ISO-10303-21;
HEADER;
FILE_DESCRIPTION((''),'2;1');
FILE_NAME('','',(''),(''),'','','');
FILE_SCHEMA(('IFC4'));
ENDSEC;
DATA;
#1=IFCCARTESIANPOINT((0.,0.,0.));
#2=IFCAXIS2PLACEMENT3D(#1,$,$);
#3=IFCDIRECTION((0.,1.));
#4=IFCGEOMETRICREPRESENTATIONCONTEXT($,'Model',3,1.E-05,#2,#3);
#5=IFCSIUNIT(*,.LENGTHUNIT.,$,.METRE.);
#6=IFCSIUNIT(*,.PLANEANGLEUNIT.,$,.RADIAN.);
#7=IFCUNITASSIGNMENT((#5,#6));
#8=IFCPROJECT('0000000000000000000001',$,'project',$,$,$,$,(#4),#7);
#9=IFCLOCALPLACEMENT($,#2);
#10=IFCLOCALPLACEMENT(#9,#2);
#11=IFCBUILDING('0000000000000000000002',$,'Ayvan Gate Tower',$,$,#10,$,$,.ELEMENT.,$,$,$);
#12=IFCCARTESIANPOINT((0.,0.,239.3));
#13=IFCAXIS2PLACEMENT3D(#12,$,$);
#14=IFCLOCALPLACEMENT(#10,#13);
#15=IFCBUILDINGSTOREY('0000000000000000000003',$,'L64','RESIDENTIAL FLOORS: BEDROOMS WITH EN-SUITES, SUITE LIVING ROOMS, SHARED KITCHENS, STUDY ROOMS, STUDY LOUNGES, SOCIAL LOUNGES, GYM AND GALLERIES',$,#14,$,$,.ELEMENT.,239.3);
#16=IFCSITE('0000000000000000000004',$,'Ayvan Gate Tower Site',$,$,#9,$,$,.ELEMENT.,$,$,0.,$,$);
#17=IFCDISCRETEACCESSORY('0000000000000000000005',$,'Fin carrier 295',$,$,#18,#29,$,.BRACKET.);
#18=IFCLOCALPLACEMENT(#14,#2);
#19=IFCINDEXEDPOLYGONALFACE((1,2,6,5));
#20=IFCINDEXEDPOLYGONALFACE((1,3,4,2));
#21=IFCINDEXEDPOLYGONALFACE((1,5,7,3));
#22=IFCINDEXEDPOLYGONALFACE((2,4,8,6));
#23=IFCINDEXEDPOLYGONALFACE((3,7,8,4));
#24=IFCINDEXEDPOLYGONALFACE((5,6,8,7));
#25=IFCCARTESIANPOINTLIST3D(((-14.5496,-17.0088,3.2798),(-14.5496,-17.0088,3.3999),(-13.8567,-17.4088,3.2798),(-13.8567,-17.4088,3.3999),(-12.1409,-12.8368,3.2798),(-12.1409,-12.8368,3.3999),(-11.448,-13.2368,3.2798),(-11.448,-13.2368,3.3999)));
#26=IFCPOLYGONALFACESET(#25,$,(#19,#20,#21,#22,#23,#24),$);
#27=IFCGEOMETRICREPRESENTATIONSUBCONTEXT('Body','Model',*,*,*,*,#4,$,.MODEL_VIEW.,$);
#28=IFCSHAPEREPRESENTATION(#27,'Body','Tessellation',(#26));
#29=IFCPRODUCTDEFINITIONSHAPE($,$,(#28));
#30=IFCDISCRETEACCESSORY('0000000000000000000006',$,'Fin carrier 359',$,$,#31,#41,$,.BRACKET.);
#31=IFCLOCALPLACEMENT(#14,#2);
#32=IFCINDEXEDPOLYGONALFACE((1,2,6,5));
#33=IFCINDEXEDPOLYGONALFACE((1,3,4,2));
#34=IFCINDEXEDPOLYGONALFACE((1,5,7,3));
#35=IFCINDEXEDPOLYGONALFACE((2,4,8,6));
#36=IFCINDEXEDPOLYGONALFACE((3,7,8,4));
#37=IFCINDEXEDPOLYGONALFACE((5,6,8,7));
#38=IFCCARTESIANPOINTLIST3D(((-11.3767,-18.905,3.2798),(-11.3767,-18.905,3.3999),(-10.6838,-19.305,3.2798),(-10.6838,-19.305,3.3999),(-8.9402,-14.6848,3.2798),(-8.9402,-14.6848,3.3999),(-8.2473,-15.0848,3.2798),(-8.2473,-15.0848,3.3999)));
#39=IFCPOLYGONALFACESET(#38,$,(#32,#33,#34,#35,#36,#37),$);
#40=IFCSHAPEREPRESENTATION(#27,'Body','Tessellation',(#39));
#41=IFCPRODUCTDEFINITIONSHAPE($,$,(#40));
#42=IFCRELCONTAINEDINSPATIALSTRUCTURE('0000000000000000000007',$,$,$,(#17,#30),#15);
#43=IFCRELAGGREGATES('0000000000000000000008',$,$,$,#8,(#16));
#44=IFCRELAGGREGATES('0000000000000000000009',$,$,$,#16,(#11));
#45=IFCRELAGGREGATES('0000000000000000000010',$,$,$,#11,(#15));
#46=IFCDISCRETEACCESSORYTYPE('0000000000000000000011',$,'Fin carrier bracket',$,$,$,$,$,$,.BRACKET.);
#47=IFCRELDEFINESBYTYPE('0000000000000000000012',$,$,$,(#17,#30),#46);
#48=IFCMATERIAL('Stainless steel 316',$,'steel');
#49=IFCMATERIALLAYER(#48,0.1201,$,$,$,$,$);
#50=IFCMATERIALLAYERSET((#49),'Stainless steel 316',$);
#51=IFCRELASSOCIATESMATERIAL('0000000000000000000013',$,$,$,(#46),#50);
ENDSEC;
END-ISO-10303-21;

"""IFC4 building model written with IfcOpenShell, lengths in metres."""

from ifc_helpers import new_model, si_unit, direction, frame, origin, origin_2d, place, context, subcontext, project, spatial, rectangle, extrude, material, layer, layer_set, type_object, element, save


model = new_model("IFC4")

# Units and contexts
model_context = context("Model", 3, precision=1e-05, world=origin(), true_north=direction((0.0, 1.0)))
body_context = subcontext(model_context, "Body", "Model", "MODEL_VIEW")
ifc_project = project(units=[si_unit("LENGTHUNIT", "METRE"), si_unit("PLANEANGLEUNIT", "RADIAN")], contexts=[model_context])

# Site, building, storey
site_placement = place(None, origin())
site = spatial("IfcSite", under=ifc_project, at=site_placement, Name="Ayvan Gate Tower Site", CompositionType="ELEMENT", RefElevation=0.0)
building_placement = place(site_placement, origin())
building = spatial("IfcBuilding", under=site, at=building_placement, Name="Ayvan Gate Tower", CompositionType="ELEMENT")
storey_placement = place(building_placement, frame((0.0, 0.0, 239.3)))
storey = spatial("IfcBuildingStorey", under=building, at=storey_placement, Name="L64", Description="RESIDENTIAL FLOORS: BEDROOMS WITH EN-SUITES, SUITE LIVING ROOMS, SHARED KITCHENS, STUDY ROOMS, STUDY LOUNGES, SOCIAL LOUNGES, GYM AND GALLERIES", CompositionType="ELEMENT", Elevation=239.3)

# Discrete accessories
ifc_material_1 = material(Name="Stainless steel 316", Category="steel")
ifc_layer_1 = layer(ifc_material_1, 0.1201)
ifc_layer_set_1 = layer_set([ifc_layer_1], Name="Stainless steel 316")
discrete_accessory_type = type_object("IfcDiscreteAccessoryType", Name="Fin carrier bracket", PredefinedType="BRACKET", material=ifc_layer_set_1)
discrete_accessory_1_placement = place(storey_placement, frame((-12.9988, -15.1228, 3.2798), z_axis=(0.0, 0.0, 1.0), x_axis=(0.866025, -0.5, 0.0)))
element("IfcDiscreteAccessory", 1, at=discrete_accessory_1_placement, inside=storey, type_object=discrete_accessory_type, Name="Fin carrier 295", PredefinedType="BRACKET", context=body_context, shape_type="SweptSolid", body=[
    extrude(rectangle(XDim=0.8, YDim=4.8174, at=origin_2d()), origin(), (0.0, 0.0, 1.0), 0.1201),
])
discrete_accessory_2_placement = place(storey_placement, frame((-9.812, -16.9949, 3.2798), z_axis=(0.0, 0.0, 1.0), x_axis=(0.866025, -0.5, 0.0)))
element("IfcDiscreteAccessory", 2, at=discrete_accessory_2_placement, inside=storey, type_object=discrete_accessory_type, Name="Fin carrier 359", PredefinedType="BRACKET", context=body_context, shape_type="SweptSolid", body=[
    extrude(rectangle(XDim=0.8, YDim=4.873, at=origin_2d()), origin(), (0.0, 0.0, 1.0), 0.1201),
])

save(model, "model.ifc")
